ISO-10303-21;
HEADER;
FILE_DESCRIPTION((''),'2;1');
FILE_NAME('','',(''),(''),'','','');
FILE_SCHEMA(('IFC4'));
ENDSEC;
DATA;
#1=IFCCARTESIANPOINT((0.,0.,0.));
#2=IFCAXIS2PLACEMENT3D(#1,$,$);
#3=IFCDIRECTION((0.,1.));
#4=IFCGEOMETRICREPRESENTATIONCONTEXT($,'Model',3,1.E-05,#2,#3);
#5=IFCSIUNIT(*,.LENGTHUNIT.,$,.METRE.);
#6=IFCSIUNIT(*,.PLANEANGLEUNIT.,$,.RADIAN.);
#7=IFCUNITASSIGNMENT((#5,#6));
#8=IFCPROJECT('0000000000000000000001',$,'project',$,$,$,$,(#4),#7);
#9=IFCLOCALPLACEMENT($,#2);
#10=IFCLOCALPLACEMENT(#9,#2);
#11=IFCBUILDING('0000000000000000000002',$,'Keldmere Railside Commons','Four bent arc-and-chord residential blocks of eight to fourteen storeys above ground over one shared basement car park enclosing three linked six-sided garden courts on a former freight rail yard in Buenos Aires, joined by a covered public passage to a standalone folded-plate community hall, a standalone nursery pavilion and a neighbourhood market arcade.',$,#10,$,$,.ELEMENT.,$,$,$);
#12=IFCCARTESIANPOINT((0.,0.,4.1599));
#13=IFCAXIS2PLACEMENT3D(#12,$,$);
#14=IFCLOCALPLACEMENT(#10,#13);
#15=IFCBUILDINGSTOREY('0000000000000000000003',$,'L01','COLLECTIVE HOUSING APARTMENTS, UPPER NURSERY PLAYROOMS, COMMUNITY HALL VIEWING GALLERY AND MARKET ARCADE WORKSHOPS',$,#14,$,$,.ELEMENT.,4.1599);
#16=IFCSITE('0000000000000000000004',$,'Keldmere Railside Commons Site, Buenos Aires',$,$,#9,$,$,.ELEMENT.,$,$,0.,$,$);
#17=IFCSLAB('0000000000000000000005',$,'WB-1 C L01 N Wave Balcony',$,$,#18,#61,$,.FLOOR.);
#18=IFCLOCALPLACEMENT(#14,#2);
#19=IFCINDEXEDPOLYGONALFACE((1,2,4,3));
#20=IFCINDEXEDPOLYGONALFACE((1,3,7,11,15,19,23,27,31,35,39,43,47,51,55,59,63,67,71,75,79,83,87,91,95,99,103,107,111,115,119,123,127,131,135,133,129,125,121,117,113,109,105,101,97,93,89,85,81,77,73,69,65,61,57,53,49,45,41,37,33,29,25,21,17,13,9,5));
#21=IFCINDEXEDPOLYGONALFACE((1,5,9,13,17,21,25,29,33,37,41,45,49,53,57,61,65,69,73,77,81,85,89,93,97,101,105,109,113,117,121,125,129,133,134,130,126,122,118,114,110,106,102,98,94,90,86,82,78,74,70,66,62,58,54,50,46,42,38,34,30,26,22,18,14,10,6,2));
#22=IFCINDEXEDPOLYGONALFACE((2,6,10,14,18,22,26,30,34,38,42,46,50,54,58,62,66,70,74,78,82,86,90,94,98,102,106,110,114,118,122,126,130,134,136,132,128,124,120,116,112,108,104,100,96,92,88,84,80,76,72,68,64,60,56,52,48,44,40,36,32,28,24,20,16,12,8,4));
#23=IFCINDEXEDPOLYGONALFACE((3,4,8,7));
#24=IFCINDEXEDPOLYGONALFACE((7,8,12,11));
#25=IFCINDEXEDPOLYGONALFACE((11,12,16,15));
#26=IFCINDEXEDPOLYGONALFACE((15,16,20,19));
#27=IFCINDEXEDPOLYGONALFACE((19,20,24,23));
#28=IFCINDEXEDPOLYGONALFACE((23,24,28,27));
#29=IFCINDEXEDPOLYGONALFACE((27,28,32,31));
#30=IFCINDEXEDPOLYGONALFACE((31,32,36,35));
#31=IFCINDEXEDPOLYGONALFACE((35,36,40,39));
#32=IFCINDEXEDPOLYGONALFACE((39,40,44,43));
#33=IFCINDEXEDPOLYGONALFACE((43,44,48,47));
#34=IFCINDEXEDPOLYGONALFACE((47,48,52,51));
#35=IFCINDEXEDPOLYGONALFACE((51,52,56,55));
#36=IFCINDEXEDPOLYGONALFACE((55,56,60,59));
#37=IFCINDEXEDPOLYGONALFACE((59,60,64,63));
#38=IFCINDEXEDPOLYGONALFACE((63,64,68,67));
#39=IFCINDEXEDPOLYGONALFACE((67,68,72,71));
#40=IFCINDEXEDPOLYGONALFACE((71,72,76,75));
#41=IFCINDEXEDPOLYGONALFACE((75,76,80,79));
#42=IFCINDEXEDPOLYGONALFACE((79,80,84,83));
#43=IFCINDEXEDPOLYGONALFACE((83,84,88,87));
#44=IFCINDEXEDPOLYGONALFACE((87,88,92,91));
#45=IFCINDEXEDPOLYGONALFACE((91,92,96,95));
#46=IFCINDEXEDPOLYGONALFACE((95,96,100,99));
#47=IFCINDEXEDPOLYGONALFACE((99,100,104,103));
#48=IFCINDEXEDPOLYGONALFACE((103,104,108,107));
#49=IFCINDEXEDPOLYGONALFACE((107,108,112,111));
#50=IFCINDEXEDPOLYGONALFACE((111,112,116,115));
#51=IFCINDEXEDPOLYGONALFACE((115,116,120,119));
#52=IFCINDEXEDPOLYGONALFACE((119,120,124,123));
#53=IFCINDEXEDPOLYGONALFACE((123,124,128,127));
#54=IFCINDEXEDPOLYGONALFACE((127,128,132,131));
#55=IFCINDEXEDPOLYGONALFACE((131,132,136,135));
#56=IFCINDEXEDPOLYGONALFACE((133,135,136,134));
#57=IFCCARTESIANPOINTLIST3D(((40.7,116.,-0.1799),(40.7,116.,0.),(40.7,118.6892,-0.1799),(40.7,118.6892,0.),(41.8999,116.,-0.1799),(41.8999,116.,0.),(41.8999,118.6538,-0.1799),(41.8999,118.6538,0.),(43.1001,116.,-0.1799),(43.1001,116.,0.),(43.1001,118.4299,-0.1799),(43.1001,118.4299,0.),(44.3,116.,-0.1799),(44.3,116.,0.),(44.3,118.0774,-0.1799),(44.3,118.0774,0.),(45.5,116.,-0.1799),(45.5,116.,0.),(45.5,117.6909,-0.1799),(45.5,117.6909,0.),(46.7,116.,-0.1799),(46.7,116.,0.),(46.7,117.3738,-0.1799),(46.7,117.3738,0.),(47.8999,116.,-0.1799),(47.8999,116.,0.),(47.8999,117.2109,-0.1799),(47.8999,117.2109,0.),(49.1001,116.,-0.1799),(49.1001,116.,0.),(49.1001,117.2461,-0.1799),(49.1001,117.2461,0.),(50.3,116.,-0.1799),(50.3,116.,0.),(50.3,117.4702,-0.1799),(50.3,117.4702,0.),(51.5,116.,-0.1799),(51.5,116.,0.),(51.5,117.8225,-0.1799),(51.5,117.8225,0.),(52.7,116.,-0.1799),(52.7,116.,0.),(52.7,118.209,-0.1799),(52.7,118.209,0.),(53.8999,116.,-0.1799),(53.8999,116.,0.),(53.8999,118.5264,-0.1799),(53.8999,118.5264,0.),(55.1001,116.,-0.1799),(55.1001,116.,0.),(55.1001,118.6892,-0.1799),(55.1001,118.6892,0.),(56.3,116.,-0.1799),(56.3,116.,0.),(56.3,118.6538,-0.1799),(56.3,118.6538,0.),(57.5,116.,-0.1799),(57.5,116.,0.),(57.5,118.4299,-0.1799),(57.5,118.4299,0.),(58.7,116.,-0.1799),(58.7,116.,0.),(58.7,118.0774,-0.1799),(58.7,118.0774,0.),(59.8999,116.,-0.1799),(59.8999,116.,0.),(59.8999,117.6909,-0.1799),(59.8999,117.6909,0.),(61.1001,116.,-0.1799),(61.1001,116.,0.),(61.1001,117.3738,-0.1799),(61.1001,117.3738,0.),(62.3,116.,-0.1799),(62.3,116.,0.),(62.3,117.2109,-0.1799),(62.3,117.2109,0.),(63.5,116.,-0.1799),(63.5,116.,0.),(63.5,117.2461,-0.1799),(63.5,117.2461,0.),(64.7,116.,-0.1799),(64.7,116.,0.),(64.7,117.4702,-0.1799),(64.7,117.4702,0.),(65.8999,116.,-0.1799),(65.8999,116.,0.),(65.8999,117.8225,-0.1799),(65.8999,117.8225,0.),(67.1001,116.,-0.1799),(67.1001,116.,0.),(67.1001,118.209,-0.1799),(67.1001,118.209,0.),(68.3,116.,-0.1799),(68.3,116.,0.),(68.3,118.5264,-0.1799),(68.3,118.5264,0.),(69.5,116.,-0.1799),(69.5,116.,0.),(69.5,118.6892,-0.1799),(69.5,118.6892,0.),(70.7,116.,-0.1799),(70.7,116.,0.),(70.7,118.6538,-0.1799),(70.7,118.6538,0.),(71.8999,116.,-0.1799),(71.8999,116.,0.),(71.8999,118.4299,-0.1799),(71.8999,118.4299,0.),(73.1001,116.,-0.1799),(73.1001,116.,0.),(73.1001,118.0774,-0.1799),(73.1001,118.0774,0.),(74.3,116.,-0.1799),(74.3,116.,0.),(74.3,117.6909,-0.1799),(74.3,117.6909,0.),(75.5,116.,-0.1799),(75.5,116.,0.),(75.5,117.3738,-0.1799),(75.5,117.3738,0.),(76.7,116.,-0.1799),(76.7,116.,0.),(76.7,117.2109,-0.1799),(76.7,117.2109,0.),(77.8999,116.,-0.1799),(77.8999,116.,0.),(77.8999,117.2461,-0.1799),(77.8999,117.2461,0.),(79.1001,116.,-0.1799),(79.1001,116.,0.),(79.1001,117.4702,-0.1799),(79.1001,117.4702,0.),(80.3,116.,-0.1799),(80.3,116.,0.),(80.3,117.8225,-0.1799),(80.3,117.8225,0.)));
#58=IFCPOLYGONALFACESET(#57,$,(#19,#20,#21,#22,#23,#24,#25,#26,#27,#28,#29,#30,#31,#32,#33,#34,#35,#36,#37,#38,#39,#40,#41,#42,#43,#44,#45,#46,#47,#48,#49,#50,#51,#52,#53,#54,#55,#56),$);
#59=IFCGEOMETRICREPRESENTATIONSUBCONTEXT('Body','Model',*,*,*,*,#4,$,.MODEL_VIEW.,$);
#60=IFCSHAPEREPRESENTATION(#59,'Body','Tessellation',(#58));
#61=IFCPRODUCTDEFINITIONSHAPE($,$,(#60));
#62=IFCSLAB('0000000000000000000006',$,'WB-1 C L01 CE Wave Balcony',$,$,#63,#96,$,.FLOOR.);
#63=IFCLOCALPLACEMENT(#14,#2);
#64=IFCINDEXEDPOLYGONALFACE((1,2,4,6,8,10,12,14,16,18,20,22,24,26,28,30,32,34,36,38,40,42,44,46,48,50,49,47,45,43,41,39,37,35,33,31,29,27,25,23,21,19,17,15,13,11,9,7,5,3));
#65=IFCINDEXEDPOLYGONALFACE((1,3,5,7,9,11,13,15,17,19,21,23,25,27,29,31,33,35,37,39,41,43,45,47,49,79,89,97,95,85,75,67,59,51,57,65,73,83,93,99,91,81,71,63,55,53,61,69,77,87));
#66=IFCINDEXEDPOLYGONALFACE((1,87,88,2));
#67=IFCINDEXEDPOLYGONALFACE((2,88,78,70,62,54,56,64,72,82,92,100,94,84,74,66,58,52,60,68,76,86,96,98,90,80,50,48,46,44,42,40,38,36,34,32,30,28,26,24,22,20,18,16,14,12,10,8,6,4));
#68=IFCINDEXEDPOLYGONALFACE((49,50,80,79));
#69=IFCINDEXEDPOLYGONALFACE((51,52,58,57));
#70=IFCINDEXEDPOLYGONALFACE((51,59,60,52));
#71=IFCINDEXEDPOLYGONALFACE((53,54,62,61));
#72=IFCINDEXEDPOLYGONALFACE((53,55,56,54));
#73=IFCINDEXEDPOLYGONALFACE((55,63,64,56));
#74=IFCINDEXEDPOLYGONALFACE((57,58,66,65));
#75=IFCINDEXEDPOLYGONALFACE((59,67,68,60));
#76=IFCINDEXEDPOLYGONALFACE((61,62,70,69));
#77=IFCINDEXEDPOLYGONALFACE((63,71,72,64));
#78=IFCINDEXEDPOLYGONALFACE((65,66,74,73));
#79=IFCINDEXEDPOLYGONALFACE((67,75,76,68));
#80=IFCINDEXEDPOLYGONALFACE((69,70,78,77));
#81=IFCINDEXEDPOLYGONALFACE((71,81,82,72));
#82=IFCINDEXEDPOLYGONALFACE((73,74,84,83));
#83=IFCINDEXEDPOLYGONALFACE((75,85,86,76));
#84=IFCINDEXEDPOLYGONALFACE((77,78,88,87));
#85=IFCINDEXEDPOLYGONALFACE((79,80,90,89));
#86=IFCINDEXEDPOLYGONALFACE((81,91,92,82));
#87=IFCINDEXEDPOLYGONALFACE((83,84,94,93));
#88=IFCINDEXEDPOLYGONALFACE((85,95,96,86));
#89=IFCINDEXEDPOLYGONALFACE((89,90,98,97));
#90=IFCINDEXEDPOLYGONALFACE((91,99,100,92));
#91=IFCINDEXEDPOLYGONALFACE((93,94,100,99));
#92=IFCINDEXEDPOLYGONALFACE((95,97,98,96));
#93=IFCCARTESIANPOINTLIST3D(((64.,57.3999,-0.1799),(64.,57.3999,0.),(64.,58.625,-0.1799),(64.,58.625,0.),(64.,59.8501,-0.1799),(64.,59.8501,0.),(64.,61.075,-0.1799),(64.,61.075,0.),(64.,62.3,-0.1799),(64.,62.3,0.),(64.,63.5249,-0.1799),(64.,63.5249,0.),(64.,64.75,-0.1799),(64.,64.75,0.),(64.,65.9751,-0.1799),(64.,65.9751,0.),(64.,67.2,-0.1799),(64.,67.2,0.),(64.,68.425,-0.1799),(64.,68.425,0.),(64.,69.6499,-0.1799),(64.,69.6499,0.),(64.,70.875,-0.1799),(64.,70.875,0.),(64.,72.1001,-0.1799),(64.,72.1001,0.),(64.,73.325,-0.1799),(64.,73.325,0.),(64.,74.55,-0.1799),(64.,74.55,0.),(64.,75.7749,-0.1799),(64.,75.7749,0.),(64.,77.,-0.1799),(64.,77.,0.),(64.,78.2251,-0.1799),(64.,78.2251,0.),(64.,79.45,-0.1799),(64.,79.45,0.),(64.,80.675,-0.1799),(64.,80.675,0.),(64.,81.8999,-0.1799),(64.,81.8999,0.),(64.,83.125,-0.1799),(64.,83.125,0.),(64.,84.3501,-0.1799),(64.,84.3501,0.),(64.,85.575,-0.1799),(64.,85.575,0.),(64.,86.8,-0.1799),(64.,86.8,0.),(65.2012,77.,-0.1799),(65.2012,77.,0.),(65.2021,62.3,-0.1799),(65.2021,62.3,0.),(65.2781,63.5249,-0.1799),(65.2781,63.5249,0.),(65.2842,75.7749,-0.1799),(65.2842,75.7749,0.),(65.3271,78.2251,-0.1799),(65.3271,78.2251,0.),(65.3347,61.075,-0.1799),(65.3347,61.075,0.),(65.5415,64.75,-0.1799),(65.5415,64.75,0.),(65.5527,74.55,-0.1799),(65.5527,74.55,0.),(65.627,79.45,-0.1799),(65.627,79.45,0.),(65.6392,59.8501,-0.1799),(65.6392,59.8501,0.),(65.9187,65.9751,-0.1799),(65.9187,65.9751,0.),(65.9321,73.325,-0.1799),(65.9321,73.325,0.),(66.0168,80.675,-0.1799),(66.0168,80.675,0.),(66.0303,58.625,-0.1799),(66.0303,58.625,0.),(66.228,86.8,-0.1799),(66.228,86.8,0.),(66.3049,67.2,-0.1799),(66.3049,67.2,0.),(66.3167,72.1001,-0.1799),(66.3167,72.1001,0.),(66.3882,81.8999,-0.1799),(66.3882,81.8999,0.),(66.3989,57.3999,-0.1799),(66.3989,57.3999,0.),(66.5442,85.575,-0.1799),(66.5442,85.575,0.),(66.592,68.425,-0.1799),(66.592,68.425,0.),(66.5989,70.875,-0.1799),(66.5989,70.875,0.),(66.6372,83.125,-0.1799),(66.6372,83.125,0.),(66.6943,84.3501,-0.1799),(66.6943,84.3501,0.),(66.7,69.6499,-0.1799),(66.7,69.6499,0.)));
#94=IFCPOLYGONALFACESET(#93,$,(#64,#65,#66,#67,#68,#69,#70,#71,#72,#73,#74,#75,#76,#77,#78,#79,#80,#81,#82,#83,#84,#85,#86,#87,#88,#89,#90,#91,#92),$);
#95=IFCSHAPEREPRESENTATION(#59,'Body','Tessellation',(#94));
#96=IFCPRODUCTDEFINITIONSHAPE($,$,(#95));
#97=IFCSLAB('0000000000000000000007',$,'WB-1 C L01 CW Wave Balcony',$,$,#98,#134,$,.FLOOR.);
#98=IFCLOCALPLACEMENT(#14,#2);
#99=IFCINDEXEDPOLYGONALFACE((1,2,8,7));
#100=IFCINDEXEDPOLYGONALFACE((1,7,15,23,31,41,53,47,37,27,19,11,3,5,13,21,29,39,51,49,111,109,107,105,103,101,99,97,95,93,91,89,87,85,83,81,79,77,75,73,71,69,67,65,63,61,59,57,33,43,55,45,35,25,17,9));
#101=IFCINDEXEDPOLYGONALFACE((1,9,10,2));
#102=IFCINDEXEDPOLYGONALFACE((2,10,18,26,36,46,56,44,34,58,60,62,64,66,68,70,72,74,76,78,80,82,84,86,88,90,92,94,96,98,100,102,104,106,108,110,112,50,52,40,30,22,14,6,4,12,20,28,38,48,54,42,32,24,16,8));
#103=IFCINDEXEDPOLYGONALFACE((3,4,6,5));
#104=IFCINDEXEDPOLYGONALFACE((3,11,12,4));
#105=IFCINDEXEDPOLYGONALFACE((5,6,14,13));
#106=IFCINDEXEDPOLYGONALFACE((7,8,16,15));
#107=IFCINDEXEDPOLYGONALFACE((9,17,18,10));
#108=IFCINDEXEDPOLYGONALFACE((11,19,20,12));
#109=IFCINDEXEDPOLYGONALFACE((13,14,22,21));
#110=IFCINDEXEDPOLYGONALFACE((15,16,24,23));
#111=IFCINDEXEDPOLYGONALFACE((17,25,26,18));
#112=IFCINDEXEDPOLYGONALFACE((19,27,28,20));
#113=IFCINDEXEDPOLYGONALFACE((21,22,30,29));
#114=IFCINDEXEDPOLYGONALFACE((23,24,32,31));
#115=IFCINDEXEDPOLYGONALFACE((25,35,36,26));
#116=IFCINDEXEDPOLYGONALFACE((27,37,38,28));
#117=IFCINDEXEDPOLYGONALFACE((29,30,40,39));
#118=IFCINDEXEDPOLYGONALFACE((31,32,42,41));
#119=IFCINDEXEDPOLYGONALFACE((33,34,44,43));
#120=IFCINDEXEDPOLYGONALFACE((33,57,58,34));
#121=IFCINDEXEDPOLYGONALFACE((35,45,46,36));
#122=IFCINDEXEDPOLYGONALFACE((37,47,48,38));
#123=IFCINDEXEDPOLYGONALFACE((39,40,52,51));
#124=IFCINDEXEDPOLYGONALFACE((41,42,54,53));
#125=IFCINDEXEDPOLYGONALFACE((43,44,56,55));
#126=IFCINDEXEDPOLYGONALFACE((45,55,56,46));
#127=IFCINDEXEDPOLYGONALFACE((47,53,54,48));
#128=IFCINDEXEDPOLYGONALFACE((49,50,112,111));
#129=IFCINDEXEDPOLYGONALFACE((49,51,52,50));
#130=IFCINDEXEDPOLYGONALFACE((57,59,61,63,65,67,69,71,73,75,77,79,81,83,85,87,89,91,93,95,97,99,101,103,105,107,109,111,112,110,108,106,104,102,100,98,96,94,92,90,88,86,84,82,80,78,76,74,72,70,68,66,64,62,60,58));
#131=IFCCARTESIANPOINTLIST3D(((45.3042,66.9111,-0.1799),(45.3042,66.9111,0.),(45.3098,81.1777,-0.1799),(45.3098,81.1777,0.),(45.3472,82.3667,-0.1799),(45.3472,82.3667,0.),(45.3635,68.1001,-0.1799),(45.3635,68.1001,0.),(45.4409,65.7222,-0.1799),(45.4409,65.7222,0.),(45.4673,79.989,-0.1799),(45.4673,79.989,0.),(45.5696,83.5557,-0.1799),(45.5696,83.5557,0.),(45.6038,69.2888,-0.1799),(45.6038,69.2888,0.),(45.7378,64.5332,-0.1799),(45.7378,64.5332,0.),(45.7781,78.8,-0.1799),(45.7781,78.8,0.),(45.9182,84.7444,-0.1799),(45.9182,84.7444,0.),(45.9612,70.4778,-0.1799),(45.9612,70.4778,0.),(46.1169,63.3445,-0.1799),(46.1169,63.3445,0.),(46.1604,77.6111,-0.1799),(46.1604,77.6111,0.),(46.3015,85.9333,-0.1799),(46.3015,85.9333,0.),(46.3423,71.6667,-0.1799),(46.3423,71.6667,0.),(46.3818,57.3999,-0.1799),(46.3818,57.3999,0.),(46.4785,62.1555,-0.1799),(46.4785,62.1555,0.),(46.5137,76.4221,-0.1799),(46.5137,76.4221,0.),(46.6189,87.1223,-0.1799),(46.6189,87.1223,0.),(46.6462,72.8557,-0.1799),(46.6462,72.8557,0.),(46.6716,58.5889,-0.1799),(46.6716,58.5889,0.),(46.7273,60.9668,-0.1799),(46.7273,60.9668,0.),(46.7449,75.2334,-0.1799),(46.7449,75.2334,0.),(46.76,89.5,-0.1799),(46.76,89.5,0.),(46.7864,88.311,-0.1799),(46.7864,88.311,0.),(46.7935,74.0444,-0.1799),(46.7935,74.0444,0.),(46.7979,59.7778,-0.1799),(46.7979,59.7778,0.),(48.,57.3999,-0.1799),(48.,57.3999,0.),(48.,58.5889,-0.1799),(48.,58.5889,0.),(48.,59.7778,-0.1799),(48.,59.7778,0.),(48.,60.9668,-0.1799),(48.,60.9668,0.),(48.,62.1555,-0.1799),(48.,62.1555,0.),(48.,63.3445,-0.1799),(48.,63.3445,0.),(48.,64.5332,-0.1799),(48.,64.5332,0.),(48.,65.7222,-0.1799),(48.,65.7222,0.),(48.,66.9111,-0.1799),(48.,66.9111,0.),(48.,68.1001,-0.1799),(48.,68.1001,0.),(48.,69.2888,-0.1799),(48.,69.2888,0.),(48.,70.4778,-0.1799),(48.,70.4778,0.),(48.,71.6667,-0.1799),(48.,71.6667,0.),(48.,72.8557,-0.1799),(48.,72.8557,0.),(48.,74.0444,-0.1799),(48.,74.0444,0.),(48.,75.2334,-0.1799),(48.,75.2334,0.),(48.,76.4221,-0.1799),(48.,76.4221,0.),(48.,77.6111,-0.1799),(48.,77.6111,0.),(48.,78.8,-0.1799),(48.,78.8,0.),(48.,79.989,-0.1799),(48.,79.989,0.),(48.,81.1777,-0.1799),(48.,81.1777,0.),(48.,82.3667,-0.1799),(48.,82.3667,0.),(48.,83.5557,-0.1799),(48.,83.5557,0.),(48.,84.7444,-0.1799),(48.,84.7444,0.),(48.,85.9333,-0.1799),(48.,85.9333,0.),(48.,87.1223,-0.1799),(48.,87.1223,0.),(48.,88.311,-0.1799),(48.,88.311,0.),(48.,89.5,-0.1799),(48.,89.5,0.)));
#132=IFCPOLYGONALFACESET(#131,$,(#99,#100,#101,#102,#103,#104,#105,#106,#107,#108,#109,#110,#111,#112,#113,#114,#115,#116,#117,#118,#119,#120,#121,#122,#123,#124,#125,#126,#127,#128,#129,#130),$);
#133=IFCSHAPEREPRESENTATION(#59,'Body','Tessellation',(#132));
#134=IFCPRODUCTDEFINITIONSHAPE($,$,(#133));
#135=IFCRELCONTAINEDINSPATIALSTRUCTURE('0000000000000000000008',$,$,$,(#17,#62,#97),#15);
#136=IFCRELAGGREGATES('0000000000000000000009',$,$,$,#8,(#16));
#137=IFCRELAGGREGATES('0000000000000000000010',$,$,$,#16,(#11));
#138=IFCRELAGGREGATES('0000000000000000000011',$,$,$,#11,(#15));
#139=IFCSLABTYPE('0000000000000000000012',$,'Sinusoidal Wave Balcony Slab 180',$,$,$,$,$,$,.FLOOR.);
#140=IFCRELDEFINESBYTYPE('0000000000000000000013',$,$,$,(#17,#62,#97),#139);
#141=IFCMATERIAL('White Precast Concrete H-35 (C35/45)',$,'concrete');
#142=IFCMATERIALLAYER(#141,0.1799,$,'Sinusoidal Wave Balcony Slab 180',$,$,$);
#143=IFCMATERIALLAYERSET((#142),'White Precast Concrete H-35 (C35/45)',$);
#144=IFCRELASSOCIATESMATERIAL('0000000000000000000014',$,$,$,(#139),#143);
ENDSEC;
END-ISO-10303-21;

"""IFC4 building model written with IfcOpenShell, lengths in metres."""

from ifc_helpers import new_model, si_unit, direction, frame, origin, place, context, subcontext, project, spatial, polyline, outline, extrude, material, layer, layer_set, type_object, element, save


model = new_model("IFC4")

# Units and contexts
model_context = context("Model", 3, precision=1e-05, world=origin(), true_north=direction((0.0, 1.0)))
body_context = subcontext(model_context, "Body", "Model", "MODEL_VIEW")
ifc_project = project(units=[si_unit("LENGTHUNIT", "METRE"), si_unit("PLANEANGLEUNIT", "RADIAN")], contexts=[model_context])

# Site, building, storey
site_placement = place(None, origin())
site = spatial("IfcSite", under=ifc_project, at=site_placement, Name="Keldmere Railside Commons Site, Buenos Aires", CompositionType="ELEMENT", RefElevation=0.0)
building_placement = place(site_placement, origin())
building = spatial("IfcBuilding", under=site, at=building_placement, Name="Keldmere Railside Commons", Description="Four bent arc-and-chord residential blocks of eight to fourteen storeys above ground over one shared basement car park enclosing three linked six-sided garden courts on a former freight rail yard in Buenos Aires, joined by a covered public passage to a standalone folded-plate community hall, a standalone nursery pavilion and a neighbourhood market arcade.", CompositionType="ELEMENT")
storey_placement = place(building_placement, frame((0.0, 0.0, 4.1599)))
storey = spatial("IfcBuildingStorey", under=building, at=storey_placement, Name="L01", Description="COLLECTIVE HOUSING APARTMENTS, UPPER NURSERY PLAYROOMS, COMMUNITY HALL VIEWING GALLERY AND MARKET ARCADE WORKSHOPS", CompositionType="ELEMENT", Elevation=4.1599)

# Slabs
ifc_material_1 = material(Name="White Precast Concrete H-35 (C35/45)", Category="concrete")
ifc_layer_1 = layer(ifc_material_1, 0.1799, Name="Sinusoidal Wave Balcony Slab 180")
ifc_layer_set_1 = layer_set([ifc_layer_1], Name="White Precast Concrete H-35 (C35/45)")
slab_type_1 = type_object("IfcSlabType", Name="Sinusoidal Wave Balcony Slab 180", PredefinedType="FLOOR", material=ifc_layer_set_1)
slab_1_placement = place(storey_placement, frame((0.0, 0.0, -0.1799)))
element("IfcSlab", 1, at=slab_1_placement, inside=storey, type_object=slab_type_1, Name="WB-1 C L01 N Wave Balcony", PredefinedType="FLOOR", context=body_context, shape_type="SweptSolid", body=[
    extrude(outline(polyline([(40.7, 116.0), (41.8999, 116.0), (43.1001, 116.0), (44.3, 116.0), (45.5, 116.0), (46.7, 116.0), (47.8999, 116.0), (49.1001, 116.0), (50.3, 116.0), (51.5, 116.0), (52.7, 116.0), (53.8999, 116.0), (55.1001, 116.0), (56.3, 116.0), (57.5, 116.0), (58.7, 116.0), (59.8999, 116.0), (61.1001, 116.0), (62.3, 116.0), (63.5, 116.0), (64.7, 116.0), (65.8999, 116.0), (67.1001, 116.0), (68.3, 116.0), (69.5, 116.0), (70.7, 116.0), (71.8999, 116.0), (73.1001, 116.0), (74.3, 116.0), (75.5, 116.0), (76.7, 116.0), (77.8999, 116.0), (79.1001, 116.0), (80.3, 116.0), (80.3, 117.8225), (79.1001, 117.4702), (77.8999, 117.2461), (76.7, 117.2109), (75.5, 117.3738), (74.3, 117.6909), (73.1001, 118.0774), (71.8999, 118.4299), (70.7, 118.6538), (69.5, 118.6892), (68.3, 118.5264), (67.1001, 118.209), (65.8999, 117.8225), (64.7, 117.4702), (63.5, 117.2461), (62.3, 117.2109), (61.1001, 117.3738), (59.8999, 117.6909), (58.7, 118.0774), (57.5, 118.4299), (56.3, 118.6538), (55.1001, 118.6892), (53.8999, 118.5264), (52.7, 118.209), (51.5, 117.8225), (50.3, 117.4702), (49.1001, 117.2461), (47.8999, 117.2109), (46.7, 117.3738), (45.5, 117.6909), (44.3, 118.0774), (43.1001, 118.4299), (41.8999, 118.6538), (40.7, 118.6892), (40.7, 116.0)])), origin(), (0.0, 0.0, 1.0), 0.1799),
])
slab_2_placement = place(storey_placement, frame((0.0, 0.0, -0.1799)))
element("IfcSlab", 2, at=slab_2_placement, inside=storey, type_object=slab_type_1, Name="WB-1 C L01 CE Wave Balcony", PredefinedType="FLOOR", context=body_context, shape_type="SweptSolid", body=[
    extrude(outline(polyline([(66.3989, 57.3999), (66.0303, 58.625), (65.6392, 59.8501), (65.3347, 61.075), (65.2021, 62.3), (65.2781, 63.5249), (65.5415, 64.75), (65.9187, 65.9751), (66.3049, 67.2), (66.592, 68.425), (66.7, 69.6499), (66.5989, 70.875), (66.3167, 72.1001), (65.9321, 73.325), (65.5527, 74.55), (65.2842, 75.7749), (65.2012, 77.0), (65.3271, 78.2251), (65.627, 79.45), (66.0168, 80.675), (66.3882, 81.8999), (66.6372, 83.125), (66.6943, 84.3501), (66.5442, 85.575), (66.228, 86.8), (64.0, 86.8), (64.0, 85.575), (64.0, 84.3501), (64.0, 83.125), (64.0, 81.8999), (64.0, 80.675), (64.0, 79.45), (64.0, 78.2251), (64.0, 77.0), (64.0, 75.7749), (64.0, 74.55), (64.0, 73.325), (64.0, 72.1001), (64.0, 70.875), (64.0, 69.6499), (64.0, 68.425), (64.0, 67.2), (64.0, 65.9751), (64.0, 64.75), (64.0, 63.5249), (64.0, 62.3), (64.0, 61.075), (64.0, 59.8501), (64.0, 58.625), (64.0, 57.3999), (66.3989, 57.3999)])), origin(), (0.0, 0.0, 1.0), 0.1799),
])
slab_3_placement = place(storey_placement, frame((0.0, 0.0, -0.1799)))
element("IfcSlab", 3, at=slab_3_placement, inside=storey, type_object=slab_type_1, Name="WB-1 C L01 CW Wave Balcony", PredefinedType="FLOOR", context=body_context, shape_type="SweptSolid", body=[
    extrude(outline(polyline([(48.0, 57.3999), (48.0, 58.5889), (48.0, 59.7778), (48.0, 60.9668), (48.0, 62.1555), (48.0, 63.3445), (48.0, 64.5332), (48.0, 65.7222), (48.0, 66.9111), (48.0, 68.1001), (48.0, 69.2888), (48.0, 70.4778), (48.0, 71.6667), (48.0, 72.8557), (48.0, 74.0444), (48.0, 75.2334), (48.0, 76.4221), (48.0, 77.6111), (48.0, 78.8), (48.0, 79.989), (48.0, 81.1777), (48.0, 82.3667), (48.0, 83.5557), (48.0, 84.7444), (48.0, 85.9333), (48.0, 87.1223), (48.0, 88.311), (48.0, 89.5), (46.76, 89.5), (46.7864, 88.311), (46.6189, 87.1223), (46.3015, 85.9333), (45.9182, 84.7444), (45.5696, 83.5557), (45.3472, 82.3667), (45.3098, 81.1777), (45.4673, 79.989), (45.7781, 78.8), (46.1604, 77.6111), (46.5137, 76.4221), (46.7449, 75.2334), (46.7935, 74.0444), (46.6462, 72.8557), (46.3423, 71.6667), (45.9612, 70.4778), (45.6038, 69.2888), (45.3635, 68.1001), (45.3042, 66.9111), (45.4409, 65.7222), (45.7378, 64.5332), (46.1169, 63.3445), (46.4785, 62.1555), (46.7273, 60.9668), (46.7979, 59.7778), (46.6716, 58.5889), (46.3818, 57.3999), (48.0, 57.3999)])), origin(), (0.0, 0.0, 1.0), 0.1799),
])

save(model, "model.ifc")
